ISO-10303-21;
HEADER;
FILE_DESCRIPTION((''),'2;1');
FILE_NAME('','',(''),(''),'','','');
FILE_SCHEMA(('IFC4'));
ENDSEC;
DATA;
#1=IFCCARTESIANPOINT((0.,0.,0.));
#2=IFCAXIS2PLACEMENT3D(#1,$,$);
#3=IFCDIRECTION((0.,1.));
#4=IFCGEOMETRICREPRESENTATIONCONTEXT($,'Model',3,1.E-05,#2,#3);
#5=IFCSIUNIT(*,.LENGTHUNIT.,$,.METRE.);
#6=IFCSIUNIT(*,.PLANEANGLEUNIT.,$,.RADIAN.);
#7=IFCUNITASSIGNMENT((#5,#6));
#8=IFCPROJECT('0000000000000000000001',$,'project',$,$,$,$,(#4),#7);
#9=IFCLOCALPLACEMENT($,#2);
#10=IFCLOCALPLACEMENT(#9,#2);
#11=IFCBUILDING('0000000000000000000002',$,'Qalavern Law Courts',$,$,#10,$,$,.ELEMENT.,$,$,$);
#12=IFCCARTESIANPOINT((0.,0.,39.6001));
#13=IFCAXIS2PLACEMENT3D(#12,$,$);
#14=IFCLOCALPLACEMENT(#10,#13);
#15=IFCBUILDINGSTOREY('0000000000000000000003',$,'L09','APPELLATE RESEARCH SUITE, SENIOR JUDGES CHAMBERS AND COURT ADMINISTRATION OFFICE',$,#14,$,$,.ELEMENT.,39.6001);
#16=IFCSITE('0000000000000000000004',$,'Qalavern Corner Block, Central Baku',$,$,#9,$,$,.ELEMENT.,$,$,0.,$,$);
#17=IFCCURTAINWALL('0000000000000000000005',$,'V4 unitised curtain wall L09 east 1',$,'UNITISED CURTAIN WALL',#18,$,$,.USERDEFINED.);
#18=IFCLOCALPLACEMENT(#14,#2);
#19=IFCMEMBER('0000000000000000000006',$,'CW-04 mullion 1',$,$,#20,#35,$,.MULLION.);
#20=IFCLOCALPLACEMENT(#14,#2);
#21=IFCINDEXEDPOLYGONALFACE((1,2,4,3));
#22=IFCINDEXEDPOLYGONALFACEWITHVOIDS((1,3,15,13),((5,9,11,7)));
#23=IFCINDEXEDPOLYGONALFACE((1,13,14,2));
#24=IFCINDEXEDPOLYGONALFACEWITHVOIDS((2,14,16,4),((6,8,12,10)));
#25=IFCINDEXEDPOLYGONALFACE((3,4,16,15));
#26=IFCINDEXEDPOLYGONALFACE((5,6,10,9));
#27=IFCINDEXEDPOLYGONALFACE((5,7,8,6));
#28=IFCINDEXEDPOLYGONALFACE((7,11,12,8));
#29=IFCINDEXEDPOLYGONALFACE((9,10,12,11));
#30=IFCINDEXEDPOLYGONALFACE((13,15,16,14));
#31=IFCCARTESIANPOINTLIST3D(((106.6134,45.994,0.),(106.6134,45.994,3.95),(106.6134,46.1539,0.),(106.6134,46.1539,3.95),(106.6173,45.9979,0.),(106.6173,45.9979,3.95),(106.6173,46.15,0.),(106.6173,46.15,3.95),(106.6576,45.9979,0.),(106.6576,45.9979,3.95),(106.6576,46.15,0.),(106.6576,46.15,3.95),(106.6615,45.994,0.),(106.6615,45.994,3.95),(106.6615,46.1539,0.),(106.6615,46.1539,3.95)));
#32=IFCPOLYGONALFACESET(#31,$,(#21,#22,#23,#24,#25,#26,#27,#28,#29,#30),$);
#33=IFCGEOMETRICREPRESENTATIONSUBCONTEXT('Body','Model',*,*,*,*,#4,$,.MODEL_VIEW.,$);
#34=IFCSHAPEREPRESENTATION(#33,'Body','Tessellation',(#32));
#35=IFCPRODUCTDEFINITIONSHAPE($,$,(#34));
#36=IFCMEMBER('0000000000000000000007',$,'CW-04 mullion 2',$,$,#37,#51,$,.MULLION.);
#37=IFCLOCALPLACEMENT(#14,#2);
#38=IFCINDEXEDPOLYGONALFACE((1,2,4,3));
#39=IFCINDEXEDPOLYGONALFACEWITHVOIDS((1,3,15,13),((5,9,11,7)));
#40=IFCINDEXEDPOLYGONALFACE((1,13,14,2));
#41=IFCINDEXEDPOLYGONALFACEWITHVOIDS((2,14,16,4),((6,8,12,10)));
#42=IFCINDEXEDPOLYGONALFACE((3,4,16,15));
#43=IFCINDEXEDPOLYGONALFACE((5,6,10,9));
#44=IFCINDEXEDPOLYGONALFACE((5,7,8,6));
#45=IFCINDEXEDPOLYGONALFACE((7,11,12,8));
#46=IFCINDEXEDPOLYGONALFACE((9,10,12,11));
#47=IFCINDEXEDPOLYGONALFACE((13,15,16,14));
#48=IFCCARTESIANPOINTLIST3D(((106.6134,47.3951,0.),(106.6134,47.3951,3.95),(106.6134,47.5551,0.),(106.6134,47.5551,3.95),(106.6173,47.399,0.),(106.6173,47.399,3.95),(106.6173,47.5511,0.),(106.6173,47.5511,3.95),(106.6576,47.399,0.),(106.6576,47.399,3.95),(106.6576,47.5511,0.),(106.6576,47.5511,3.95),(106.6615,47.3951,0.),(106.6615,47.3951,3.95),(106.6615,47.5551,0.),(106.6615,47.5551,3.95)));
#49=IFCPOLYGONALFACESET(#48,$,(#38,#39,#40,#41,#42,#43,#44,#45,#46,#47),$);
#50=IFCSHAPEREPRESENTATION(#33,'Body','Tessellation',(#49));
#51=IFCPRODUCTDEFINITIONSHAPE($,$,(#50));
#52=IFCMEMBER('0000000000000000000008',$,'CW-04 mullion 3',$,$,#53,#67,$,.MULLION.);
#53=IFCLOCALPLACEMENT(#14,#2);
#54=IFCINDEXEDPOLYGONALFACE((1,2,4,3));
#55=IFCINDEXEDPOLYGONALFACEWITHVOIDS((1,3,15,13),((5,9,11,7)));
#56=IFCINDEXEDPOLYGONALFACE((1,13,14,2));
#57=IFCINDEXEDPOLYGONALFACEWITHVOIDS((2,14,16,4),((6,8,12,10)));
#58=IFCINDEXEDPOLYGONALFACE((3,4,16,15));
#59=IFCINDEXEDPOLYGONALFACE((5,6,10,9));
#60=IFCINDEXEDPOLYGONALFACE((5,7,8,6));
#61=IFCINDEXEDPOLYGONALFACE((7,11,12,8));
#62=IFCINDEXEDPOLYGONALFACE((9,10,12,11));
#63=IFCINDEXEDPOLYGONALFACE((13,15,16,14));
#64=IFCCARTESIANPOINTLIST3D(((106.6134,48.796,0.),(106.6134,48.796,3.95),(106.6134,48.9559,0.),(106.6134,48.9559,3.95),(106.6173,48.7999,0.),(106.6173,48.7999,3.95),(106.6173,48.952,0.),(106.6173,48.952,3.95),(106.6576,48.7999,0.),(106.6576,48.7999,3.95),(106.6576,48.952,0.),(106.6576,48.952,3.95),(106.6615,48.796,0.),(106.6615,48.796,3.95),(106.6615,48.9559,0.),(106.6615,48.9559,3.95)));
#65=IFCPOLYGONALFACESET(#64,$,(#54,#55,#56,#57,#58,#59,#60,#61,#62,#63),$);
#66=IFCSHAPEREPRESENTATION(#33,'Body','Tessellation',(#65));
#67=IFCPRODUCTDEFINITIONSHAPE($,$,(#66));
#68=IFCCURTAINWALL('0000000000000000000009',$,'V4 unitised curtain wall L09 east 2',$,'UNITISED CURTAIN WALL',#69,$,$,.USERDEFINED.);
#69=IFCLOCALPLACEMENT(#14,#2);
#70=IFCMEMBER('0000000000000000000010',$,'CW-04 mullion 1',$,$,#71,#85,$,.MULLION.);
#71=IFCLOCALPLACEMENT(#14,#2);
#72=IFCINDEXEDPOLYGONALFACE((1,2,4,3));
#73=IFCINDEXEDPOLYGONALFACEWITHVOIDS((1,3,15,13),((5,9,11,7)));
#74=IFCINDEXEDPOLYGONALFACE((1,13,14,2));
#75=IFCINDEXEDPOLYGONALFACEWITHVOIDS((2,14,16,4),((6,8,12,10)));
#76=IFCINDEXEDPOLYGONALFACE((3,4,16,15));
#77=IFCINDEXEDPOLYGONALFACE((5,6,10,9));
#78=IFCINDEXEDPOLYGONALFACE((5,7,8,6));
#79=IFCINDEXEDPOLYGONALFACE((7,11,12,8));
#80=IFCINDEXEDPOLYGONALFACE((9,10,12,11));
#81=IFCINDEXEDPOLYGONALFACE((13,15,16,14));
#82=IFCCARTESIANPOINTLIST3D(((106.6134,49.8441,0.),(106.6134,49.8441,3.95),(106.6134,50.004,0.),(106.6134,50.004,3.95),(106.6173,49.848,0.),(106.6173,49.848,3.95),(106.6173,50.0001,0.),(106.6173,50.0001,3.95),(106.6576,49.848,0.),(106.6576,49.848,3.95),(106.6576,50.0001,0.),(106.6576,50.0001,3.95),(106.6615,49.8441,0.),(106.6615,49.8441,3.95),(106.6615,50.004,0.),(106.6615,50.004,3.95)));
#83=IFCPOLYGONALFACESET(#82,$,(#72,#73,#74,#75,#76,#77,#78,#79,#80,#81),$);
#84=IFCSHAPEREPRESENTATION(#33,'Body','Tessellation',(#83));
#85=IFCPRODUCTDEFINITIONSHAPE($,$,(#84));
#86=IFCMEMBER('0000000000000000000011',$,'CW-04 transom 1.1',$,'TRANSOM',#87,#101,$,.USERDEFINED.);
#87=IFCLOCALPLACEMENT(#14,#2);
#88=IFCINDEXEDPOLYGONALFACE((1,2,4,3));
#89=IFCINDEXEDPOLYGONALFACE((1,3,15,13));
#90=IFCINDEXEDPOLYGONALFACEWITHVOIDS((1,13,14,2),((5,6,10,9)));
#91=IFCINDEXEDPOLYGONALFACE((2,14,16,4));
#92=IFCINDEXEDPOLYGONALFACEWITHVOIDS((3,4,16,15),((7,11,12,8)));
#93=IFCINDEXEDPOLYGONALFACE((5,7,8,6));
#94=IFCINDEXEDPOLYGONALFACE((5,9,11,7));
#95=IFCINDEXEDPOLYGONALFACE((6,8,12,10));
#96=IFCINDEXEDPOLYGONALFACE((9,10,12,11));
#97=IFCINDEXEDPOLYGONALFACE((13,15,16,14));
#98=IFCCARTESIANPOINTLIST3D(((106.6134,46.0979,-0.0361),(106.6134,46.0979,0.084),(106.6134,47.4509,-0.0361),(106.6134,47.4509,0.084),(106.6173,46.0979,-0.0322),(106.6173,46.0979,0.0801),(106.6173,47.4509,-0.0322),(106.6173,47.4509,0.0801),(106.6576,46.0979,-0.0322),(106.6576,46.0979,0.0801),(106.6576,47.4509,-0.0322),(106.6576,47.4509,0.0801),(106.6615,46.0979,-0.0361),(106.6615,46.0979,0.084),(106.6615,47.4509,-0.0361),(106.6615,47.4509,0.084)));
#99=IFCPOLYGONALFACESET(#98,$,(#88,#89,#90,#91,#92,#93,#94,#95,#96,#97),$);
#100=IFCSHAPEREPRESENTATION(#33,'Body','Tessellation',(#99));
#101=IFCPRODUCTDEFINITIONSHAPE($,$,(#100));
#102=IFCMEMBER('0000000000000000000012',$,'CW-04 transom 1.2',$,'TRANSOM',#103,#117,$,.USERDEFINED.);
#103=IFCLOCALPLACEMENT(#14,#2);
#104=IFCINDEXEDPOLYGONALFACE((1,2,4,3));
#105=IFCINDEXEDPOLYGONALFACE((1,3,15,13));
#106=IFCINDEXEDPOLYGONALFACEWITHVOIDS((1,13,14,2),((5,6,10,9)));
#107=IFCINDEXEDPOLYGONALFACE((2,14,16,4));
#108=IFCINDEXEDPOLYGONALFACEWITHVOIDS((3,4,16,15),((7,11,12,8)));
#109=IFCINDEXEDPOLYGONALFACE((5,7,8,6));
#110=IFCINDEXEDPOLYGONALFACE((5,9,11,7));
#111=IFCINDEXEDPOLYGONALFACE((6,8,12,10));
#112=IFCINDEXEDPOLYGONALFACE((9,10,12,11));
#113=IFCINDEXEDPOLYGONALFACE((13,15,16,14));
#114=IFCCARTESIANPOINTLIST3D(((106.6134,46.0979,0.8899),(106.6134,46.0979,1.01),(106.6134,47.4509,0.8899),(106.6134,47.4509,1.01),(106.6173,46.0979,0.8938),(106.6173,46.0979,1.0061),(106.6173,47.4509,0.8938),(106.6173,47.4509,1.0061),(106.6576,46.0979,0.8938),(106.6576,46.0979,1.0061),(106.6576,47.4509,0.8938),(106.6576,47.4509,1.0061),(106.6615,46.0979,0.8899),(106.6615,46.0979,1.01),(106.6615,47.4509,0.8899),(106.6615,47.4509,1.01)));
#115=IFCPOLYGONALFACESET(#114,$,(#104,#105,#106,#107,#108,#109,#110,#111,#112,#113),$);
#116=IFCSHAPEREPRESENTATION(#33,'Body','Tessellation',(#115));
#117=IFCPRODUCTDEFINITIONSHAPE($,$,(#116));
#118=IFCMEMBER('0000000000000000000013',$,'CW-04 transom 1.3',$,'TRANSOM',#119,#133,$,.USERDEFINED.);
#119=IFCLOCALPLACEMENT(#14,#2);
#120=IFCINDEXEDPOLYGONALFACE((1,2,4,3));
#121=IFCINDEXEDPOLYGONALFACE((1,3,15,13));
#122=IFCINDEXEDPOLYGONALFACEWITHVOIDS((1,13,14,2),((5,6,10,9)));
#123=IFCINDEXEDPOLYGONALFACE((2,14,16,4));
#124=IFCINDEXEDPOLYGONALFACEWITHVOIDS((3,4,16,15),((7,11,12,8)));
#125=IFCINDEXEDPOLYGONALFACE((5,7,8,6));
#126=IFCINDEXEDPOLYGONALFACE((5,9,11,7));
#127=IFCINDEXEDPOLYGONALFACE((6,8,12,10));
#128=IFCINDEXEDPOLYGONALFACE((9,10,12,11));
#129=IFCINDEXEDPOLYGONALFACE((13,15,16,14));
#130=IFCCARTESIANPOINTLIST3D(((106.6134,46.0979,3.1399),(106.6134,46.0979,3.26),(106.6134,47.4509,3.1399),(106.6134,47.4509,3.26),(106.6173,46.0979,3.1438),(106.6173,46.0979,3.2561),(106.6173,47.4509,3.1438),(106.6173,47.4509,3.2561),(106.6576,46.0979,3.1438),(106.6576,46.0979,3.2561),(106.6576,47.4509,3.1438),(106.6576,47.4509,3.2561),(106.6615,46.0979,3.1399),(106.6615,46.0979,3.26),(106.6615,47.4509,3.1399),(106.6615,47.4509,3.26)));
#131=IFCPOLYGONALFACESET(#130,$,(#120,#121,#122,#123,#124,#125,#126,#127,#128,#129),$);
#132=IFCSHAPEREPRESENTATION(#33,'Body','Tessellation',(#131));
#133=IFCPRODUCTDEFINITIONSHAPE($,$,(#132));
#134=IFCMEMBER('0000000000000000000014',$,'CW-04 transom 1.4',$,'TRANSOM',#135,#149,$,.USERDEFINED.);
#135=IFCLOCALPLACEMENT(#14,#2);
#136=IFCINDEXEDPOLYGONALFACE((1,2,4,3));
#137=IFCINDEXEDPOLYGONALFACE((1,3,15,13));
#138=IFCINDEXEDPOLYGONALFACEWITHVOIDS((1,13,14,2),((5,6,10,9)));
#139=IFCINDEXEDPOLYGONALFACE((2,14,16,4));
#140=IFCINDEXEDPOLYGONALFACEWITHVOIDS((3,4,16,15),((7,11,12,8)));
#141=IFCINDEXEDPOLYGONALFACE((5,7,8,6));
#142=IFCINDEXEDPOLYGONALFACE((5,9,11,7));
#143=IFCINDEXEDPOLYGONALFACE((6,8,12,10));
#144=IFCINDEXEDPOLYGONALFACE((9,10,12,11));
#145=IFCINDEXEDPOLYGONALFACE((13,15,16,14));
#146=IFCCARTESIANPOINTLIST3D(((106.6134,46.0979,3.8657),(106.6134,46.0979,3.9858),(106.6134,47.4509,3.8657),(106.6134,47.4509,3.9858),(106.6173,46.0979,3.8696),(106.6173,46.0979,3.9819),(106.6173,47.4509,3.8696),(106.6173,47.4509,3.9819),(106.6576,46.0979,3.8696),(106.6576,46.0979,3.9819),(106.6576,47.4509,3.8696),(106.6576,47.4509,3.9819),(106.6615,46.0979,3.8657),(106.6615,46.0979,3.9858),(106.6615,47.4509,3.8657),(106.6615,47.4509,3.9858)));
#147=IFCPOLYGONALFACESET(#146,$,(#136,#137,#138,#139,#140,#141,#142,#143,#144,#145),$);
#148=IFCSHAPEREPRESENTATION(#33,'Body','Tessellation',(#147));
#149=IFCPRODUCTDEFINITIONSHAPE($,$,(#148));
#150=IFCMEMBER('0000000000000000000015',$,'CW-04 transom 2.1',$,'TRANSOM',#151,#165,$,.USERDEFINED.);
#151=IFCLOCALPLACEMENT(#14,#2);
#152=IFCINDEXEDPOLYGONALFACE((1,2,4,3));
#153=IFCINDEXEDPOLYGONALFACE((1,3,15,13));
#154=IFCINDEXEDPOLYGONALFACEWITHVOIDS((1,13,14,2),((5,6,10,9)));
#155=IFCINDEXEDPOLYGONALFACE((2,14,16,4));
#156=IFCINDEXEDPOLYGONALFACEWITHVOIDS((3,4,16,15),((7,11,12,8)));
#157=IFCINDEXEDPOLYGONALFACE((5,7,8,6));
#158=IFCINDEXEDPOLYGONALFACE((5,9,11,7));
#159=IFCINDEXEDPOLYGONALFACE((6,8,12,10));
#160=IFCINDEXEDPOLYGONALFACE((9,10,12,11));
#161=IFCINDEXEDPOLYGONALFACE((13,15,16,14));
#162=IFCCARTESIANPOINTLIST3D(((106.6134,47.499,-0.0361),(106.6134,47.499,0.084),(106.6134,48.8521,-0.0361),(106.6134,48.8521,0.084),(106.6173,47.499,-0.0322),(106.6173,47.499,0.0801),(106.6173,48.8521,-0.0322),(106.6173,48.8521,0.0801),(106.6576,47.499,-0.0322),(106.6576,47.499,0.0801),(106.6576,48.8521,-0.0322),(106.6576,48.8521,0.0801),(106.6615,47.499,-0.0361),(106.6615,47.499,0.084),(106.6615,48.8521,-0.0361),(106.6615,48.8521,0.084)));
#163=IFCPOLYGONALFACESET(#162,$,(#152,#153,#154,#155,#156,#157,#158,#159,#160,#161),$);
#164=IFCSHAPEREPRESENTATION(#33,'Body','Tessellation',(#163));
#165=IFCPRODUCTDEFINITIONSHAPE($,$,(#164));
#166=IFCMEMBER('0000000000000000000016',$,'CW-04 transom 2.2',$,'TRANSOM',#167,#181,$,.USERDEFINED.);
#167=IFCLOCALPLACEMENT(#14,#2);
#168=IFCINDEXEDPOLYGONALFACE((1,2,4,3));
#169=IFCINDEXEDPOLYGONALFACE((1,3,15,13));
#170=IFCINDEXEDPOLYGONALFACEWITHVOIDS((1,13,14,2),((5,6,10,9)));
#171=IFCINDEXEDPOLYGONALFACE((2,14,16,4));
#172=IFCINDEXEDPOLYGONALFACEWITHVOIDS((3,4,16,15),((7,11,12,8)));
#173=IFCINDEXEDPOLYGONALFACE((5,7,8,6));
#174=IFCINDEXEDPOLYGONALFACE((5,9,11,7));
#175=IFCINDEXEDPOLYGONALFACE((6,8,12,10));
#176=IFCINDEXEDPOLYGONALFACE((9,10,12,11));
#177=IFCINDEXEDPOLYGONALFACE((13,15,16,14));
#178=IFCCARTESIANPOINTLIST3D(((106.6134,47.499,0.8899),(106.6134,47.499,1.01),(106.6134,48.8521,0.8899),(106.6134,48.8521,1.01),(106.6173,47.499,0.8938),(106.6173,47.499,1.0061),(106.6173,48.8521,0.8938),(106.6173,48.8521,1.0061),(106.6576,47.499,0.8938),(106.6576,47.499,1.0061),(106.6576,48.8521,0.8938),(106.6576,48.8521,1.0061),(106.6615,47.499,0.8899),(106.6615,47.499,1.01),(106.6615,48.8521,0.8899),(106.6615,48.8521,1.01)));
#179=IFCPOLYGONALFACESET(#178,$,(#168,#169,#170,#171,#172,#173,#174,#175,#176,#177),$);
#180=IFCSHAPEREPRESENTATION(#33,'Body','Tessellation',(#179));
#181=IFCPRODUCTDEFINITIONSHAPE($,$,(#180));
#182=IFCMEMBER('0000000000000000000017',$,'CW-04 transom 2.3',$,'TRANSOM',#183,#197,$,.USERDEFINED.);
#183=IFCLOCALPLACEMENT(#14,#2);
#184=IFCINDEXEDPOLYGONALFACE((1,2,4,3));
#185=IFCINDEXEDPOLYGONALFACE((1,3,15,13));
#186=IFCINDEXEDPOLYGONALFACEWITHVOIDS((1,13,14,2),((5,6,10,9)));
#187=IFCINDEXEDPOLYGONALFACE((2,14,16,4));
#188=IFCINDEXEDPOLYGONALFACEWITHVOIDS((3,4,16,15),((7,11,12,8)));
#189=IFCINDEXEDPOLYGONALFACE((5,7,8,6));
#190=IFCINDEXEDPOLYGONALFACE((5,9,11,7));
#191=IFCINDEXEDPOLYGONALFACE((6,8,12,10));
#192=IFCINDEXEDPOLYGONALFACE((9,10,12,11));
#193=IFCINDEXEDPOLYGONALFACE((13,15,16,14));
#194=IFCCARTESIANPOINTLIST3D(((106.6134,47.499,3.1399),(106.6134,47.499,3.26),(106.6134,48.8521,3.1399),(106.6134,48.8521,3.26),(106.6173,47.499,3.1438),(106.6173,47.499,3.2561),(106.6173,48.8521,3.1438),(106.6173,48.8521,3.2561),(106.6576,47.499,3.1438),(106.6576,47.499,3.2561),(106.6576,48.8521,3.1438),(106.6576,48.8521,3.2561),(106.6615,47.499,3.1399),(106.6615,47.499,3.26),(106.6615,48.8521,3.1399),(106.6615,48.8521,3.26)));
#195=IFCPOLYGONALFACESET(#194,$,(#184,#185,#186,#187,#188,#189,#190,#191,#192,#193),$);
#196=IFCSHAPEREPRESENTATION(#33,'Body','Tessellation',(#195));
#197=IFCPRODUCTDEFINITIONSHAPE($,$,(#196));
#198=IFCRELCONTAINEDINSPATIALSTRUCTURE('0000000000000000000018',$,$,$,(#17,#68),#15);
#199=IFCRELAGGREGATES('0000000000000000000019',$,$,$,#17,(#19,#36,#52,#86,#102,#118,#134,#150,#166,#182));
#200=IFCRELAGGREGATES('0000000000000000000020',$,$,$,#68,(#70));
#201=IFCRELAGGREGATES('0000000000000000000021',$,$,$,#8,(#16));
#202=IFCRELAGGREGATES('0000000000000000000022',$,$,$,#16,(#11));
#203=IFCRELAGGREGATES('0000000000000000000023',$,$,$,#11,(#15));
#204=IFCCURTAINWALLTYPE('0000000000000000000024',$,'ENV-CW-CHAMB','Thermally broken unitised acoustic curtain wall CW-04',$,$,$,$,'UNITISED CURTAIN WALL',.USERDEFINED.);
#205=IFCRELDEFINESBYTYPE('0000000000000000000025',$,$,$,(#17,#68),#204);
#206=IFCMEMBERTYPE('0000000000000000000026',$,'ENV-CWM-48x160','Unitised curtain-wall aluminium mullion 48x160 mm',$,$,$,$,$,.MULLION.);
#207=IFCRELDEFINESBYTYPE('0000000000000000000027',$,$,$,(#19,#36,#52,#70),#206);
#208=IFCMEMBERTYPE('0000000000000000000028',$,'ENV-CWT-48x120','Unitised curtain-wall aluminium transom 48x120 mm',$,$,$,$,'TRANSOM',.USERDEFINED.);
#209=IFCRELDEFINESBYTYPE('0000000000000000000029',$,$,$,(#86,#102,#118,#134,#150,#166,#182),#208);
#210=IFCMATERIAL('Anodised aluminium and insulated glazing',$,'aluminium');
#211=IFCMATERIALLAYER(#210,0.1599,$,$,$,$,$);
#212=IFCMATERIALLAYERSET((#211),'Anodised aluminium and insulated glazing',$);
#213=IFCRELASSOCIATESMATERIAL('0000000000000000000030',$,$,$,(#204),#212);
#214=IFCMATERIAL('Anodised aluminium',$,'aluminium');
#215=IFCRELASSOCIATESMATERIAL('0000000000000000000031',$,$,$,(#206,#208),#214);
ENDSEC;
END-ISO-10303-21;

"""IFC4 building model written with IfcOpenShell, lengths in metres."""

from ifc_helpers import new_model, si_unit, direction, frame, origin, origin_2d, place, context, subcontext, project, spatial, hollow_rectangle, extrude, material, layer, layer_set, material_profile, profile_set, type_object, element, aggregate, save


model = new_model("IFC4")

# Units and contexts
model_context = context("Model", 3, precision=1e-05, world=origin(), true_north=direction((0.0, 1.0)))
body_context = subcontext(model_context, "Body", "Model", "MODEL_VIEW")
ifc_project = project(units=[si_unit("LENGTHUNIT", "METRE"), si_unit("PLANEANGLEUNIT", "RADIAN")], contexts=[model_context])

# Site, building, storey
site_placement = place(None, origin())
site = spatial("IfcSite", under=ifc_project, at=site_placement, Name="Qalavern Corner Block, Central Baku", CompositionType="ELEMENT", RefElevation=0.0)
building_placement = place(site_placement, origin())
building = spatial("IfcBuilding", under=site, at=building_placement, Name="Qalavern Law Courts", CompositionType="ELEMENT")
storey_placement = place(building_placement, frame((0.0, 0.0, 39.6001)))
storey = spatial("IfcBuildingStorey", under=building, at=storey_placement, Name="L09", Description="APPELLATE RESEARCH SUITE, SENIOR JUDGES CHAMBERS AND COURT ADMINISTRATION OFFICE", CompositionType="ELEMENT", Elevation=39.6001)

# Curtain wall, members
ifc_material_1 = material(Name="Anodised aluminium and insulated glazing", Category="aluminium")
ifc_layer_1 = layer(ifc_material_1, 0.1599)
ifc_layer_set_1 = layer_set([ifc_layer_1], Name="Anodised aluminium and insulated glazing")
curtain_wall_type = type_object("IfcCurtainWallType", Name="ENV-CW-CHAMB", Description="Thermally broken unitised acoustic curtain wall CW-04", ElementType="UNITISED CURTAIN WALL", PredefinedType="USERDEFINED", material=ifc_layer_set_1)
curtain_wall_1_placement = place(storey_placement, origin())
curtain_wall_1 = element("IfcCurtainWall", 1, at=curtain_wall_1_placement, inside=storey, type_object=curtain_wall_type, Name="V4 unitised curtain wall L09 east 1", ObjectType="UNITISED CURTAIN WALL", PredefinedType="USERDEFINED")
ifc_material_2 = material(Name="Anodised aluminium", Category="aluminium")
ifc_material_profile_1 = material_profile(ifc_material_2, hollow_rectangle(XDim=0.0481, YDim=0.1599, WallThickness=0.0039, at=origin_2d()), Name="ALU MULLION 48x160")
ifc_profile_set_1 = profile_set([ifc_material_profile_1], Name="Anodised aluminium")
member_type_1 = type_object("IfcMemberType", Name="ENV-CWM-48x160", Description="Unitised curtain-wall aluminium mullion 48x160 mm", PredefinedType="MULLION", material=ifc_profile_set_1)
member_1_placement = place(storey_placement, frame((106.6375, 46.074, 0.0), z_axis=(0.0, 0.0, 1.0), x_axis=(-1.0, 0.0, 0.0)))
member_1 = element("IfcMember", 2, at=member_1_placement, type_object=member_type_1, Name="CW-04 mullion 1", PredefinedType="MULLION", context=body_context, shape_type="SweptSolid", body=[
    extrude(hollow_rectangle(XDim=0.0481, YDim=0.1599, WallThickness=0.0039, at=origin_2d()), origin(), (0.0, 0.0, 1.0), 3.95),
])
member_2_placement = place(storey_placement, frame((106.6375, 47.4751, 0.0), z_axis=(0.0, 0.0, 1.0), x_axis=(-1.0, 0.0, 0.0)))
member_2 = element("IfcMember", 3, at=member_2_placement, type_object=member_type_1, Name="CW-04 mullion 2", PredefinedType="MULLION", context=body_context, shape_type="SweptSolid", body=[
    extrude(hollow_rectangle(XDim=0.0481, YDim=0.1599, WallThickness=0.0039, at=origin_2d()), origin(), (0.0, 0.0, 1.0), 3.95),
])
member_3_placement = place(storey_placement, frame((106.6375, 48.876, 0.0), z_axis=(0.0, 0.0, 1.0), x_axis=(-1.0, 0.0, 0.0)))
member_3 = element("IfcMember", 4, at=member_3_placement, type_object=member_type_1, Name="CW-04 mullion 3", PredefinedType="MULLION", context=body_context, shape_type="SweptSolid", body=[
    extrude(hollow_rectangle(XDim=0.0481, YDim=0.1599, WallThickness=0.0039, at=origin_2d()), origin(), (0.0, 0.0, 1.0), 3.95),
])

# Curtain wall, member
curtain_wall_2_placement = place(storey_placement, origin())
curtain_wall_2 = element("IfcCurtainWall", 5, at=curtain_wall_2_placement, inside=storey, type_object=curtain_wall_type, Name="V4 unitised curtain wall L09 east 2", ObjectType="UNITISED CURTAIN WALL", PredefinedType="USERDEFINED")
member_4_placement = place(storey_placement, frame((106.6375, 49.9241, 0.0), z_axis=(0.0, 0.0, 1.0), x_axis=(-1.0, 0.0, 0.0)))
member_4 = element("IfcMember", 6, at=member_4_placement, type_object=member_type_1, Name="CW-04 mullion 1", PredefinedType="MULLION", context=body_context, shape_type="SweptSolid", body=[
    extrude(hollow_rectangle(XDim=0.0481, YDim=0.1599, WallThickness=0.0039, at=origin_2d()), origin(), (0.0, 0.0, 1.0), 3.95),
])

# Members
ifc_material_profile_2 = material_profile(ifc_material_2, hollow_rectangle(XDim=0.0481, YDim=0.1201, WallThickness=0.0039, at=origin_2d()), Name="ALU TRANSOM 48x120")
ifc_profile_set_2 = profile_set([ifc_material_profile_2], Name="Anodised aluminium")
member_type_2 = type_object("IfcMemberType", Name="ENV-CWT-48x120", Description="Unitised curtain-wall aluminium transom 48x120 mm", ElementType="TRANSOM", PredefinedType="USERDEFINED", material=ifc_profile_set_2)
member_5_placement = place(storey_placement, frame((106.6375, 46.0979, 0.0239), z_axis=(0.0, 1.0, 0.0), x_axis=(-1.0, 0.0, 0.0)))
member_5 = element("IfcMember", 7, at=member_5_placement, type_object=member_type_2, Name="CW-04 transom 1.1", ObjectType="TRANSOM", PredefinedType="USERDEFINED", context=body_context, shape_type="SweptSolid", body=[
    extrude(hollow_rectangle(XDim=0.0481, YDim=0.1201, WallThickness=0.0039, at=origin_2d()), origin(), (0.0, 0.0, 1.0), 1.353),
])
member_6_placement = place(storey_placement, frame((106.6375, 46.0979, 0.95), z_axis=(0.0, 1.0, 0.0), x_axis=(-1.0, 0.0, 0.0)))
member_6 = element("IfcMember", 8, at=member_6_placement, type_object=member_type_2, Name="CW-04 transom 1.2", ObjectType="TRANSOM", PredefinedType="USERDEFINED", context=body_context, shape_type="SweptSolid", body=[
    extrude(hollow_rectangle(XDim=0.0481, YDim=0.1201, WallThickness=0.0039, at=origin_2d()), origin(), (0.0, 0.0, 1.0), 1.353),
])
member_7_placement = place(storey_placement, frame((106.6375, 46.0979, 3.2), z_axis=(0.0, 1.0, 0.0), x_axis=(-1.0, 0.0, 0.0)))
member_7 = element("IfcMember", 9, at=member_7_placement, type_object=member_type_2, Name="CW-04 transom 1.3", ObjectType="TRANSOM", PredefinedType="USERDEFINED", context=body_context, shape_type="SweptSolid", body=[
    extrude(hollow_rectangle(XDim=0.0481, YDim=0.1201, WallThickness=0.0039, at=origin_2d()), origin(), (0.0, 0.0, 1.0), 1.353),
])
member_8_placement = place(storey_placement, frame((106.6375, 46.0979, 3.9258), z_axis=(0.0, 1.0, 0.0), x_axis=(-1.0, 0.0, 0.0)))
member_8 = element("IfcMember", 10, at=member_8_placement, type_object=member_type_2, Name="CW-04 transom 1.4", ObjectType="TRANSOM", PredefinedType="USERDEFINED", context=body_context, shape_type="SweptSolid", body=[
    extrude(hollow_rectangle(XDim=0.0481, YDim=0.1201, WallThickness=0.0039, at=origin_2d()), origin(), (0.0, 0.0, 1.0), 1.353),
])
member_9_placement = place(storey_placement, frame((106.6375, 47.499, 0.0239), z_axis=(0.0, 1.0, 0.0), x_axis=(-1.0, 0.0, 0.0)))
member_9 = element("IfcMember", 11, at=member_9_placement, type_object=member_type_2, Name="CW-04 transom 2.1", ObjectType="TRANSOM", PredefinedType="USERDEFINED", context=body_context, shape_type="SweptSolid", body=[
    extrude(hollow_rectangle(XDim=0.0481, YDim=0.1201, WallThickness=0.0039, at=origin_2d()), origin(), (0.0, 0.0, 1.0), 1.353),
])
member_10_placement = place(storey_placement, frame((106.6375, 47.499, 0.95), z_axis=(0.0, 1.0, 0.0), x_axis=(-1.0, 0.0, 0.0)))
member_10 = element("IfcMember", 12, at=member_10_placement, type_object=member_type_2, Name="CW-04 transom 2.2", ObjectType="TRANSOM", PredefinedType="USERDEFINED", context=body_context, shape_type="SweptSolid", body=[
    extrude(hollow_rectangle(XDim=0.0481, YDim=0.1201, WallThickness=0.0039, at=origin_2d()), origin(), (0.0, 0.0, 1.0), 1.353),
])
member_11_placement = place(storey_placement, frame((106.6375, 47.499, 3.2), z_axis=(0.0, 1.0, 0.0), x_axis=(-1.0, 0.0, 0.0)))
member_11 = element("IfcMember", 13, at=member_11_placement, type_object=member_type_2, Name="CW-04 transom 2.3", ObjectType="TRANSOM", PredefinedType="USERDEFINED", context=body_context, shape_type="SweptSolid", body=[
    extrude(hollow_rectangle(XDim=0.0481, YDim=0.1201, WallThickness=0.0039, at=origin_2d()), origin(), (0.0, 0.0, 1.0), 1.353),
])

aggregate(curtain_wall_1, [member_1, member_2, member_3, member_5, member_6, member_7, member_8, member_9, member_10, member_11])
aggregate(curtain_wall_2, [member_4])

save(model, "model.ifc")
